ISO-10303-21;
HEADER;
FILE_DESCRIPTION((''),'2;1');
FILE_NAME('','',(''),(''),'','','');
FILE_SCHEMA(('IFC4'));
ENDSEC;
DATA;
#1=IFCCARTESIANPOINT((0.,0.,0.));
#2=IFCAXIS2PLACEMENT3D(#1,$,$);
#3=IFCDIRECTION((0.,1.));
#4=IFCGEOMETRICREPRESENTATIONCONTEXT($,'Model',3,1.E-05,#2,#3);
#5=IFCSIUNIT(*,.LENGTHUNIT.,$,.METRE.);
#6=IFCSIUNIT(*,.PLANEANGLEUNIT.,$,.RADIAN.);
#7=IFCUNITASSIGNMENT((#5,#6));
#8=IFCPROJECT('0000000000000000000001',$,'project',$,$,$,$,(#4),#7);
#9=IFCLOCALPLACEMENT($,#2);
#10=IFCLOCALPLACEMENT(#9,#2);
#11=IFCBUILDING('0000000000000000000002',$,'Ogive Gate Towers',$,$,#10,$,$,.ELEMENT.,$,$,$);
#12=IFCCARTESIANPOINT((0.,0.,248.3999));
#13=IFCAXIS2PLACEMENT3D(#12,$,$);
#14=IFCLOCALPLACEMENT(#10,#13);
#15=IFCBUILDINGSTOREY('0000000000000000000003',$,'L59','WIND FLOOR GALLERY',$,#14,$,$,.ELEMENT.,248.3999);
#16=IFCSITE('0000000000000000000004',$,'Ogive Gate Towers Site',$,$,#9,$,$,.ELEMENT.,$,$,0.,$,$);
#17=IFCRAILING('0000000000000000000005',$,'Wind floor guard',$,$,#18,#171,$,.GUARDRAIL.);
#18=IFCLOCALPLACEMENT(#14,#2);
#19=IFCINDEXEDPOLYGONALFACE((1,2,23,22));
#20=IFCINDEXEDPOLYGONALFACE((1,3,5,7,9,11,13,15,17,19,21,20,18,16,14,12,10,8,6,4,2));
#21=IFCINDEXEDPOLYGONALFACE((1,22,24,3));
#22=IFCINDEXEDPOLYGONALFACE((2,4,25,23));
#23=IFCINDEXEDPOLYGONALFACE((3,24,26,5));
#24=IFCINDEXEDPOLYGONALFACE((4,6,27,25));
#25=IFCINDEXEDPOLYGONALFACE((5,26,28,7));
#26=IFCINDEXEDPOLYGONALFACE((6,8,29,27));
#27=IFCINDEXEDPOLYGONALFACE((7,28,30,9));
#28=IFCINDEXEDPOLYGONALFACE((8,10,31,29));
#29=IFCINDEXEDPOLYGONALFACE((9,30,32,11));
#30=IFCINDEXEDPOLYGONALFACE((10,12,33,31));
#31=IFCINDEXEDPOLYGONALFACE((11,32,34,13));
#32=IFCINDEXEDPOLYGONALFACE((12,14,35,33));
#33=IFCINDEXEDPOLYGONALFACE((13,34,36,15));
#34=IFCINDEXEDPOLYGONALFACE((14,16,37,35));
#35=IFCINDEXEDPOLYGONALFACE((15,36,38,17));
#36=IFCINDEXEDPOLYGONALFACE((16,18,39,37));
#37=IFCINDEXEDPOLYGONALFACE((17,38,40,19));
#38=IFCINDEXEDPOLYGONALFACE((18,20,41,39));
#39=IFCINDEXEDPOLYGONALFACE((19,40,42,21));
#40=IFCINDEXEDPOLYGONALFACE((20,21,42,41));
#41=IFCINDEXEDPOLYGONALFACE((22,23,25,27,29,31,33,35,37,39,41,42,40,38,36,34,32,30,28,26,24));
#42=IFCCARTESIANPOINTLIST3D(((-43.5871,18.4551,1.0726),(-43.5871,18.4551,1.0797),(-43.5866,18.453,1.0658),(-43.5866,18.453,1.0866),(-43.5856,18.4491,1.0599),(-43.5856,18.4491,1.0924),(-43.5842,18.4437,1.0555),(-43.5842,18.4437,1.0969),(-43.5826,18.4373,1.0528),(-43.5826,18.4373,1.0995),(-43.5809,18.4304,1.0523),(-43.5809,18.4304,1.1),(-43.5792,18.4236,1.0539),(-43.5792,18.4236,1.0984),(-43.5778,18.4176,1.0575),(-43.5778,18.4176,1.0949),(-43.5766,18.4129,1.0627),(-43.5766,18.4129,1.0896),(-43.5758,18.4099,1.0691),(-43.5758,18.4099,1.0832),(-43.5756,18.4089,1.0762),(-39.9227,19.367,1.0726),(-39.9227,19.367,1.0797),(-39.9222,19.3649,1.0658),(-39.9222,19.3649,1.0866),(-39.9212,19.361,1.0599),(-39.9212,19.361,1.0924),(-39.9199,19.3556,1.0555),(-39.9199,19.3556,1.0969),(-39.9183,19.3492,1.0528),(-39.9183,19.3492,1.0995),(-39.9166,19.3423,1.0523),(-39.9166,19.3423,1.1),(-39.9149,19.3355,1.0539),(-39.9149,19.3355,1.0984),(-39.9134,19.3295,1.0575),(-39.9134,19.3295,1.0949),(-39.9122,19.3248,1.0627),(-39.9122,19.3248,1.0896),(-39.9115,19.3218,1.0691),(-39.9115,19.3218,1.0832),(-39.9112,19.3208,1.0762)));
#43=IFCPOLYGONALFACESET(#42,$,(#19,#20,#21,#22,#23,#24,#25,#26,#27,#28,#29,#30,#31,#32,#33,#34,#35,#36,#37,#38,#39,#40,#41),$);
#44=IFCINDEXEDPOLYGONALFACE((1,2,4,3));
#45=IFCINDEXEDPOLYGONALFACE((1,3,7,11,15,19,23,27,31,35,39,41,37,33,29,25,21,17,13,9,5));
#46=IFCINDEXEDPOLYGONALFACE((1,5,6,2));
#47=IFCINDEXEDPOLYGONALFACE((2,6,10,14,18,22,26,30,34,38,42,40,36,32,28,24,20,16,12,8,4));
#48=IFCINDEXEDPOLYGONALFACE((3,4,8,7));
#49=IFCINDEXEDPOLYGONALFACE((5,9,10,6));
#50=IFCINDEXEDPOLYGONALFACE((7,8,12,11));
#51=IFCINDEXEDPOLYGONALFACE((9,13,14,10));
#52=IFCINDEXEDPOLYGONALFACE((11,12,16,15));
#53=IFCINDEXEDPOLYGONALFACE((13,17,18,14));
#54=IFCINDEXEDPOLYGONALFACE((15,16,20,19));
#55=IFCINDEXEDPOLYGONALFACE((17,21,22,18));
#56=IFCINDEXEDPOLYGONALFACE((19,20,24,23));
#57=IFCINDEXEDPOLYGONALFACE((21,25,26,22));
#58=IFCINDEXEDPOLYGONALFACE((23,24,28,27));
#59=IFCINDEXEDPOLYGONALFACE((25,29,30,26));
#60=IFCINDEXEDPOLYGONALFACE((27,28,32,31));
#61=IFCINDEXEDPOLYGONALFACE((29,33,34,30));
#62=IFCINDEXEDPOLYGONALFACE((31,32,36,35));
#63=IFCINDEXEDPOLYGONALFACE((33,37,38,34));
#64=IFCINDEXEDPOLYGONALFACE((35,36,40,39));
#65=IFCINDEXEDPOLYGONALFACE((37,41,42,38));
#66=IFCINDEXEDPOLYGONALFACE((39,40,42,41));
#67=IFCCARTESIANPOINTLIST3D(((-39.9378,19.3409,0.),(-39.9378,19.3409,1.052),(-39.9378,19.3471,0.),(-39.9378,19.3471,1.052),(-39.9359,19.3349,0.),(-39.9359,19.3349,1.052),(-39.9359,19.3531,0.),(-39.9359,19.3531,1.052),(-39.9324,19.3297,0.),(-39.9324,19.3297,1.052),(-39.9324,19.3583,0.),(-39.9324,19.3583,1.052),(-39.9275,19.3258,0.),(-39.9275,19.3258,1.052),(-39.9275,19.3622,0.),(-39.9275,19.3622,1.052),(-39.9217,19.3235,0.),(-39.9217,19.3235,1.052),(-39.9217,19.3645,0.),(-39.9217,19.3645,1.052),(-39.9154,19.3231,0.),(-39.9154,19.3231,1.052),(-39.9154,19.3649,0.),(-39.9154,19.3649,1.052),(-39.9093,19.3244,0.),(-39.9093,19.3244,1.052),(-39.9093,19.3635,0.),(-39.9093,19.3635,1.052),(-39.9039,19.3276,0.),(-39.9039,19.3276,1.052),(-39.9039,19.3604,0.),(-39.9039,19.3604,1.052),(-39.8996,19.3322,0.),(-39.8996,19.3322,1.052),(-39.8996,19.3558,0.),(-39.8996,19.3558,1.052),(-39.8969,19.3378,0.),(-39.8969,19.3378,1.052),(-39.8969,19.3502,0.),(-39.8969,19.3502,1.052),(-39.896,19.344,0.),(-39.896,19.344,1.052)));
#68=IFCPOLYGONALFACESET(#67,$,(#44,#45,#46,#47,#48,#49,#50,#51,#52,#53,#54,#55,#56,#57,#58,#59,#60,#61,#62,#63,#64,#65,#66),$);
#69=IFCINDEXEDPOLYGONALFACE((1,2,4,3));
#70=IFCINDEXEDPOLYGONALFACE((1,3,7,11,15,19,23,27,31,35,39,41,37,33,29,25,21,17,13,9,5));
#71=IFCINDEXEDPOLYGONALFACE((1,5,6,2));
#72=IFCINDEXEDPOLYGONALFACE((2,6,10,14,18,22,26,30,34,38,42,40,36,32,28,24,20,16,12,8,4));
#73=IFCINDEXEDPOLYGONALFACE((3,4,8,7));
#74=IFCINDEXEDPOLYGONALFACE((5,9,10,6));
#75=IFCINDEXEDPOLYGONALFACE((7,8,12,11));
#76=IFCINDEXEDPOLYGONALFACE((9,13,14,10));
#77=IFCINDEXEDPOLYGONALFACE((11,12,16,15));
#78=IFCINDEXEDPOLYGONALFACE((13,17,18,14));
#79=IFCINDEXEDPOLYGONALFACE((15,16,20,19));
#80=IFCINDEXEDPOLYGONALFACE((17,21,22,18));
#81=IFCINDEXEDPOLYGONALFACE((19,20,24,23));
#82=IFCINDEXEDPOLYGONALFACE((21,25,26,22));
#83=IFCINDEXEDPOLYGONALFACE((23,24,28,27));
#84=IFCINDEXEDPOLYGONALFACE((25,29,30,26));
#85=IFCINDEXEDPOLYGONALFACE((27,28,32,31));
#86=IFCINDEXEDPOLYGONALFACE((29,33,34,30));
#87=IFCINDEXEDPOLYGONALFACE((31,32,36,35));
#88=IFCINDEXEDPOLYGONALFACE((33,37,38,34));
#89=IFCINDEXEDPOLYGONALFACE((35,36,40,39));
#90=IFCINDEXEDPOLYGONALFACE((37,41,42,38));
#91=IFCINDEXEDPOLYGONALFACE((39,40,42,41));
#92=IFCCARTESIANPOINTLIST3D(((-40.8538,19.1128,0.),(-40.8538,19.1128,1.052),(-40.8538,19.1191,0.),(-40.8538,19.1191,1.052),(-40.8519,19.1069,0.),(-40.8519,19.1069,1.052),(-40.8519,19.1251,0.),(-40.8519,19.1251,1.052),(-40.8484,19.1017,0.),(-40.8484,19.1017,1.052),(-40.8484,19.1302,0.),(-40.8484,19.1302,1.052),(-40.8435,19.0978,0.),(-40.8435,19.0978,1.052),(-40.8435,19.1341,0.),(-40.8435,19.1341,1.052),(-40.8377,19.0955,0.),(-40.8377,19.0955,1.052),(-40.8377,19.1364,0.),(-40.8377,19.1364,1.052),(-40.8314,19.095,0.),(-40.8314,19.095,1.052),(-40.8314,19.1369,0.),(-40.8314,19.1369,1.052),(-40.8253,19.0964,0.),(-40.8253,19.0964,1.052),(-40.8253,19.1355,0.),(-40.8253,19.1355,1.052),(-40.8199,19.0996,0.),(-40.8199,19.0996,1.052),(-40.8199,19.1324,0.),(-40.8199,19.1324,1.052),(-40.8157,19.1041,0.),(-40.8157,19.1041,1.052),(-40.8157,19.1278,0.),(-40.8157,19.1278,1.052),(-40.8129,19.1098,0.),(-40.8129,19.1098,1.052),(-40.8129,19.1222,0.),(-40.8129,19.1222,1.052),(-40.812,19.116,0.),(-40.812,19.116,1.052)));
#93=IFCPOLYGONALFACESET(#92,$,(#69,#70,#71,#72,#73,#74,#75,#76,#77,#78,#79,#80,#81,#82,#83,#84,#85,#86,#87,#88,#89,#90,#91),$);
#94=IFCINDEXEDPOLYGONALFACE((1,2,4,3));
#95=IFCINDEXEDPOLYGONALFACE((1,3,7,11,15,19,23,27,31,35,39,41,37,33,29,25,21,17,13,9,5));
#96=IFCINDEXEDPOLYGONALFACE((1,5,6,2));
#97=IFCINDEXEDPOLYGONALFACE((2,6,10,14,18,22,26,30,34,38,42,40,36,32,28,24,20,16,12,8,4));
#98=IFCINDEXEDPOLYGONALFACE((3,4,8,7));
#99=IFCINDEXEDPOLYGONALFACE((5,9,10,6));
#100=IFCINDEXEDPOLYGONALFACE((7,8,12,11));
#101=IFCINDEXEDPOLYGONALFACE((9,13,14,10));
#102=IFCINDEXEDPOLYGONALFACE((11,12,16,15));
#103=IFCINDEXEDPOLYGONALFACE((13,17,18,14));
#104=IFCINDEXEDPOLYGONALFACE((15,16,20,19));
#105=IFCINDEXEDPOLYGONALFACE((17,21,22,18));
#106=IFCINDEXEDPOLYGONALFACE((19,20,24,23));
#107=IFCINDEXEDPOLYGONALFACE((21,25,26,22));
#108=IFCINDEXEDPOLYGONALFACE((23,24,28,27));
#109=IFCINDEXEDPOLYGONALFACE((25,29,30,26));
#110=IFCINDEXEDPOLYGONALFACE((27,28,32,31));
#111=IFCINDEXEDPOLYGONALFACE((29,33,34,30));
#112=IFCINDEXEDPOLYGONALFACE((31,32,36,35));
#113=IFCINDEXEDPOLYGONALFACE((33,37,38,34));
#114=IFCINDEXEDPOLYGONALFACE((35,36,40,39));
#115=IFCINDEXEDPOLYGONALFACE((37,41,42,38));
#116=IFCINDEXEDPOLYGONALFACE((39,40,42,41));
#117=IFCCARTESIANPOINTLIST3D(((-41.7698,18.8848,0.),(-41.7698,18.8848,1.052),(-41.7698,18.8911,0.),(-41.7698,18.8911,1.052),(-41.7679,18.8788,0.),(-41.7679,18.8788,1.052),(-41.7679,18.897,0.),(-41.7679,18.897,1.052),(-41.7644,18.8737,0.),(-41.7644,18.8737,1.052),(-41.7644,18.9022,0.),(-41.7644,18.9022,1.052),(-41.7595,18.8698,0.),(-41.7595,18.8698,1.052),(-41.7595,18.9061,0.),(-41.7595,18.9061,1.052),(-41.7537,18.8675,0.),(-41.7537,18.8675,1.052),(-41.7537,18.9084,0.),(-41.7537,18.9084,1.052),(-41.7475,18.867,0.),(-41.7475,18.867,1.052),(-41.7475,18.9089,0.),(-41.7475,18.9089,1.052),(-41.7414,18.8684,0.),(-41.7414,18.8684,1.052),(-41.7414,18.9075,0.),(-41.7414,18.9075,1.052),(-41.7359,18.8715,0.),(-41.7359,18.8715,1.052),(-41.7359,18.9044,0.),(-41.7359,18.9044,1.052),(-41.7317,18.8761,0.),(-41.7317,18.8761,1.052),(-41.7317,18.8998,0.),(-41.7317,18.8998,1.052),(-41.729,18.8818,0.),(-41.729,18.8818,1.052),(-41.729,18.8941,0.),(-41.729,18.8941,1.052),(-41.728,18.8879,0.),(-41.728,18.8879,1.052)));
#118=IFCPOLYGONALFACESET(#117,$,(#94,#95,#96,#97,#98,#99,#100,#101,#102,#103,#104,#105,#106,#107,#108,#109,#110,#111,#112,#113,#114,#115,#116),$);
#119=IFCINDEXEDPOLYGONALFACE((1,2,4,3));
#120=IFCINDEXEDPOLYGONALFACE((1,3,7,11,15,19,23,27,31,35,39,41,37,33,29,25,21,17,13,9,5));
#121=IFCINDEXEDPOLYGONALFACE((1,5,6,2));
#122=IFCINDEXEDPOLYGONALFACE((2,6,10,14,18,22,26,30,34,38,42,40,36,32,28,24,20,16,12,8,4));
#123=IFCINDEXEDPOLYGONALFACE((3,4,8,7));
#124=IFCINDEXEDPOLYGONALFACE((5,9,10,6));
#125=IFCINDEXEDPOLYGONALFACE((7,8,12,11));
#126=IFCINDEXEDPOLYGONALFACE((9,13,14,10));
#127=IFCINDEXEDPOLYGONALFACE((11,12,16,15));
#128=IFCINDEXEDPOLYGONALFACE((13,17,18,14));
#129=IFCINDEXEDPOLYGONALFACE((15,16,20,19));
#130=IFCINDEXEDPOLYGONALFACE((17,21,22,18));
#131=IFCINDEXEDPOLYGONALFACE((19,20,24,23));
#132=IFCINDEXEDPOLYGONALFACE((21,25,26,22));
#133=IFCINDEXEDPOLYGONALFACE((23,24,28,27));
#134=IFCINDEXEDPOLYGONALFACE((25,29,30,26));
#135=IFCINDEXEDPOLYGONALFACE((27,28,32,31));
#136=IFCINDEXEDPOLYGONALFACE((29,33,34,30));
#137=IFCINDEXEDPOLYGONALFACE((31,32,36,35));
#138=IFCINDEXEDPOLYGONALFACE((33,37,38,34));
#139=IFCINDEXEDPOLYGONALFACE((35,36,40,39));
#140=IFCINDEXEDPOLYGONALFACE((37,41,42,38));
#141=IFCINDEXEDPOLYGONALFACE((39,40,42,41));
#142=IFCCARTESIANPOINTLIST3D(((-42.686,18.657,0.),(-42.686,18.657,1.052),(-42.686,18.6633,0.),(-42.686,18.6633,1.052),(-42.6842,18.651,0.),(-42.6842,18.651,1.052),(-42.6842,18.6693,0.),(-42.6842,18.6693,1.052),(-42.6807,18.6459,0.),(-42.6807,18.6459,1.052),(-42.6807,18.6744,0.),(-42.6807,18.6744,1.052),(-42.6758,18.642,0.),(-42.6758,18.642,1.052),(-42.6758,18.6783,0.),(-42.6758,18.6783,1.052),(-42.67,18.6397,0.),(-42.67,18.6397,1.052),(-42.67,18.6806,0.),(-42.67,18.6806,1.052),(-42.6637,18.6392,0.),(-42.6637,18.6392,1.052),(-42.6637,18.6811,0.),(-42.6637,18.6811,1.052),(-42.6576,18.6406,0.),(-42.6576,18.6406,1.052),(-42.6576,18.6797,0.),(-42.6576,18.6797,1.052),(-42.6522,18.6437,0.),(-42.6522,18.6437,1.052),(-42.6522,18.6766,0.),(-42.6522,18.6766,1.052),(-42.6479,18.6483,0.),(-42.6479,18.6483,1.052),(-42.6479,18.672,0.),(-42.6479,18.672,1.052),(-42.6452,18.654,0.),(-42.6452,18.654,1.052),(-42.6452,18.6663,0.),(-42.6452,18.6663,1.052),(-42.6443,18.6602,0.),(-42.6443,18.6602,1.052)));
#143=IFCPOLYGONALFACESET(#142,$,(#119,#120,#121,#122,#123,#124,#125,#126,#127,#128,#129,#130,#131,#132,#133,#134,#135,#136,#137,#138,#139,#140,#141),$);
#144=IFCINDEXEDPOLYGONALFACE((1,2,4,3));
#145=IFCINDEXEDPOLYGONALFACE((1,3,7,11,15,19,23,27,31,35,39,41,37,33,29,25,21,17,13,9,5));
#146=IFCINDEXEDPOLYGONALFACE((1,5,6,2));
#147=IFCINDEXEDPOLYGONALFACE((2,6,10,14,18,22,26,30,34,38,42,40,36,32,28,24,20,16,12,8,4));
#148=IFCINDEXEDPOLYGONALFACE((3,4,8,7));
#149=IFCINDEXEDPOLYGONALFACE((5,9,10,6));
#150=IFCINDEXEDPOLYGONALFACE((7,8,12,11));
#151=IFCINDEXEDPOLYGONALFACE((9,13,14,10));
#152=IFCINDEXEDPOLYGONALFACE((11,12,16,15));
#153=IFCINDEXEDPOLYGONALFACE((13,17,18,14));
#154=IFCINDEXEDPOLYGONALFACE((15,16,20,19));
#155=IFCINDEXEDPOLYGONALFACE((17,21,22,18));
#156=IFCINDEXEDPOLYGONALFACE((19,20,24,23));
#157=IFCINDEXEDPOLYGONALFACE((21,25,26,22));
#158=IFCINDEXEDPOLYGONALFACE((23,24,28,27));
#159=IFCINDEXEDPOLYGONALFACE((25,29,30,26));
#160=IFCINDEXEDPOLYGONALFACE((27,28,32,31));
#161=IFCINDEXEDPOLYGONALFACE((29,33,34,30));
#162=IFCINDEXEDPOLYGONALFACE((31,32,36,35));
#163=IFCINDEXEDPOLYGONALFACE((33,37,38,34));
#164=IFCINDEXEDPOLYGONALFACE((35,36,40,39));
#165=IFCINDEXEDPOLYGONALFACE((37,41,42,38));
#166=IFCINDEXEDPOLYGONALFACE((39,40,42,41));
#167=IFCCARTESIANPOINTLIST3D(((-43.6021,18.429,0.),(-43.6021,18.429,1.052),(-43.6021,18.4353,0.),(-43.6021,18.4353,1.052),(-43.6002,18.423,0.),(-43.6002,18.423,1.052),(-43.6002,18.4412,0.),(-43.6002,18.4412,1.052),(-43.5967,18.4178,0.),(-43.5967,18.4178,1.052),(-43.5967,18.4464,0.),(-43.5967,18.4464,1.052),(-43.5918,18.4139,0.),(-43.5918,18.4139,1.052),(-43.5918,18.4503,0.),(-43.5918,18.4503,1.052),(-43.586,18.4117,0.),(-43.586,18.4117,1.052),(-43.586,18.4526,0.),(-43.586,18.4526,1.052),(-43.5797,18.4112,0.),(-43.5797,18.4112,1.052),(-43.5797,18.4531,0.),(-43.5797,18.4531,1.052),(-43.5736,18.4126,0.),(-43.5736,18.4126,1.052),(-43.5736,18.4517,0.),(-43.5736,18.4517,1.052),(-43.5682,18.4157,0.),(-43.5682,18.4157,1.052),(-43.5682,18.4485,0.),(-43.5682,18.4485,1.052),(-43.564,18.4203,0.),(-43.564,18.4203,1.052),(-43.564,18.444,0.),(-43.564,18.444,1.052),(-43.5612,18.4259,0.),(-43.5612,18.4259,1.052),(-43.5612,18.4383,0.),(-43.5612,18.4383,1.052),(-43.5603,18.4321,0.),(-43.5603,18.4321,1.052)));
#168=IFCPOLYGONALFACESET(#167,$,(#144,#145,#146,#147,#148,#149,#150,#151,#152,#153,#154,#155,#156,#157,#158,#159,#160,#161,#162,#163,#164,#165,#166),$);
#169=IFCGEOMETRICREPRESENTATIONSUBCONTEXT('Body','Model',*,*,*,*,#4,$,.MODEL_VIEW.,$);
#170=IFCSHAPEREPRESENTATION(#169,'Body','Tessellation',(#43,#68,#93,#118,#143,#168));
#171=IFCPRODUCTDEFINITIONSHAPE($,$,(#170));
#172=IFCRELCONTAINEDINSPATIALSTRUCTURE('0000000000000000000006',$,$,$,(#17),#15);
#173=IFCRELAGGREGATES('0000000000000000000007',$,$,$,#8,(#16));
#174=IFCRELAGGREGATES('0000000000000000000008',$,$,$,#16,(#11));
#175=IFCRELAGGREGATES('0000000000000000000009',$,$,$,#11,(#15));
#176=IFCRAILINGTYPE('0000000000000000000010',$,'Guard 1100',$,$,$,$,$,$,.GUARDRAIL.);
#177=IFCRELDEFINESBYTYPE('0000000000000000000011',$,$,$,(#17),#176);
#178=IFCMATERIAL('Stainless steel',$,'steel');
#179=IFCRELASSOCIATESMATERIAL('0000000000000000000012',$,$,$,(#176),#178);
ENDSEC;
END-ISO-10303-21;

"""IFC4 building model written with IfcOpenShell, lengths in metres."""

from ifc_helpers import new_model, si_unit, direction, frame, origin, origin_2d, place, context, subcontext, project, spatial, circle, extrude, material, type_object, element, save


model = new_model("IFC4")

# Units and contexts
model_context = context("Model", 3, precision=1e-05, world=origin(), true_north=direction((0.0, 1.0)))
body_context = subcontext(model_context, "Body", "Model", "MODEL_VIEW")
ifc_project = project(units=[si_unit("LENGTHUNIT", "METRE"), si_unit("PLANEANGLEUNIT", "RADIAN")], contexts=[model_context])

# Site, building, storey
site_placement = place(None, origin())
site = spatial("IfcSite", under=ifc_project, at=site_placement, Name="Ogive Gate Towers Site", CompositionType="ELEMENT", RefElevation=0.0)
building_placement = place(site_placement, origin())
building = spatial("IfcBuilding", under=site, at=building_placement, Name="Ogive Gate Towers", CompositionType="ELEMENT")
storey_placement = place(building_placement, frame((0.0, 0.0, 248.3999)))
storey = spatial("IfcBuildingStorey", under=building, at=storey_placement, Name="L59", Description="WIND FLOOR GALLERY", CompositionType="ELEMENT", Elevation=248.3999)

# Railing
ifc_material_1 = material(Name="Stainless steel", Category="steel")
railing_type_1 = type_object("IfcRailingType", Name="Guard 1100", PredefinedType="GUARDRAIL", material=ifc_material_1)
railing_1_placement = place(storey_placement, frame((-39.917, 19.344, 0.0)))
element("IfcRailing", 1, at=railing_1_placement, inside=storey, type_object=railing_type_1, Name="Wind floor guard", PredefinedType="GUARDRAIL", context=body_context, shape_type="SweptSolid", body=[
    extrude(circle(Radius=0.0239, at=origin_2d()), frame((0.0, 0.0, 1.0762), z_axis=(-0.970404, -0.241486, 0.0), x_axis=(0.241486, -0.970404, 0.0)), (0.0, 0.0, 1.0), 3.7761),
    extrude(circle(Radius=0.021, at=origin_2d()), origin(), (0.0, 0.0, 1.0), 1.052),
    extrude(circle(Radius=0.021, at=origin_2d()), frame((-0.916, -0.228, 0.0)), (0.0, 0.0, 1.0), 1.052),
    extrude(circle(Radius=0.021, at=origin_2d()), frame((-1.832, -0.4561, 0.0)), (0.0, 0.0, 1.0), 1.052),
    extrude(circle(Radius=0.021, at=origin_2d()), frame((-2.7483, -0.6838, 0.0)), (0.0, 0.0, 1.0), 1.052),
    extrude(circle(Radius=0.021, at=origin_2d()), frame((-3.6643, -0.9119, 0.0)), (0.0, 0.0, 1.0), 1.052),
])

save(model, "model.ifc")
